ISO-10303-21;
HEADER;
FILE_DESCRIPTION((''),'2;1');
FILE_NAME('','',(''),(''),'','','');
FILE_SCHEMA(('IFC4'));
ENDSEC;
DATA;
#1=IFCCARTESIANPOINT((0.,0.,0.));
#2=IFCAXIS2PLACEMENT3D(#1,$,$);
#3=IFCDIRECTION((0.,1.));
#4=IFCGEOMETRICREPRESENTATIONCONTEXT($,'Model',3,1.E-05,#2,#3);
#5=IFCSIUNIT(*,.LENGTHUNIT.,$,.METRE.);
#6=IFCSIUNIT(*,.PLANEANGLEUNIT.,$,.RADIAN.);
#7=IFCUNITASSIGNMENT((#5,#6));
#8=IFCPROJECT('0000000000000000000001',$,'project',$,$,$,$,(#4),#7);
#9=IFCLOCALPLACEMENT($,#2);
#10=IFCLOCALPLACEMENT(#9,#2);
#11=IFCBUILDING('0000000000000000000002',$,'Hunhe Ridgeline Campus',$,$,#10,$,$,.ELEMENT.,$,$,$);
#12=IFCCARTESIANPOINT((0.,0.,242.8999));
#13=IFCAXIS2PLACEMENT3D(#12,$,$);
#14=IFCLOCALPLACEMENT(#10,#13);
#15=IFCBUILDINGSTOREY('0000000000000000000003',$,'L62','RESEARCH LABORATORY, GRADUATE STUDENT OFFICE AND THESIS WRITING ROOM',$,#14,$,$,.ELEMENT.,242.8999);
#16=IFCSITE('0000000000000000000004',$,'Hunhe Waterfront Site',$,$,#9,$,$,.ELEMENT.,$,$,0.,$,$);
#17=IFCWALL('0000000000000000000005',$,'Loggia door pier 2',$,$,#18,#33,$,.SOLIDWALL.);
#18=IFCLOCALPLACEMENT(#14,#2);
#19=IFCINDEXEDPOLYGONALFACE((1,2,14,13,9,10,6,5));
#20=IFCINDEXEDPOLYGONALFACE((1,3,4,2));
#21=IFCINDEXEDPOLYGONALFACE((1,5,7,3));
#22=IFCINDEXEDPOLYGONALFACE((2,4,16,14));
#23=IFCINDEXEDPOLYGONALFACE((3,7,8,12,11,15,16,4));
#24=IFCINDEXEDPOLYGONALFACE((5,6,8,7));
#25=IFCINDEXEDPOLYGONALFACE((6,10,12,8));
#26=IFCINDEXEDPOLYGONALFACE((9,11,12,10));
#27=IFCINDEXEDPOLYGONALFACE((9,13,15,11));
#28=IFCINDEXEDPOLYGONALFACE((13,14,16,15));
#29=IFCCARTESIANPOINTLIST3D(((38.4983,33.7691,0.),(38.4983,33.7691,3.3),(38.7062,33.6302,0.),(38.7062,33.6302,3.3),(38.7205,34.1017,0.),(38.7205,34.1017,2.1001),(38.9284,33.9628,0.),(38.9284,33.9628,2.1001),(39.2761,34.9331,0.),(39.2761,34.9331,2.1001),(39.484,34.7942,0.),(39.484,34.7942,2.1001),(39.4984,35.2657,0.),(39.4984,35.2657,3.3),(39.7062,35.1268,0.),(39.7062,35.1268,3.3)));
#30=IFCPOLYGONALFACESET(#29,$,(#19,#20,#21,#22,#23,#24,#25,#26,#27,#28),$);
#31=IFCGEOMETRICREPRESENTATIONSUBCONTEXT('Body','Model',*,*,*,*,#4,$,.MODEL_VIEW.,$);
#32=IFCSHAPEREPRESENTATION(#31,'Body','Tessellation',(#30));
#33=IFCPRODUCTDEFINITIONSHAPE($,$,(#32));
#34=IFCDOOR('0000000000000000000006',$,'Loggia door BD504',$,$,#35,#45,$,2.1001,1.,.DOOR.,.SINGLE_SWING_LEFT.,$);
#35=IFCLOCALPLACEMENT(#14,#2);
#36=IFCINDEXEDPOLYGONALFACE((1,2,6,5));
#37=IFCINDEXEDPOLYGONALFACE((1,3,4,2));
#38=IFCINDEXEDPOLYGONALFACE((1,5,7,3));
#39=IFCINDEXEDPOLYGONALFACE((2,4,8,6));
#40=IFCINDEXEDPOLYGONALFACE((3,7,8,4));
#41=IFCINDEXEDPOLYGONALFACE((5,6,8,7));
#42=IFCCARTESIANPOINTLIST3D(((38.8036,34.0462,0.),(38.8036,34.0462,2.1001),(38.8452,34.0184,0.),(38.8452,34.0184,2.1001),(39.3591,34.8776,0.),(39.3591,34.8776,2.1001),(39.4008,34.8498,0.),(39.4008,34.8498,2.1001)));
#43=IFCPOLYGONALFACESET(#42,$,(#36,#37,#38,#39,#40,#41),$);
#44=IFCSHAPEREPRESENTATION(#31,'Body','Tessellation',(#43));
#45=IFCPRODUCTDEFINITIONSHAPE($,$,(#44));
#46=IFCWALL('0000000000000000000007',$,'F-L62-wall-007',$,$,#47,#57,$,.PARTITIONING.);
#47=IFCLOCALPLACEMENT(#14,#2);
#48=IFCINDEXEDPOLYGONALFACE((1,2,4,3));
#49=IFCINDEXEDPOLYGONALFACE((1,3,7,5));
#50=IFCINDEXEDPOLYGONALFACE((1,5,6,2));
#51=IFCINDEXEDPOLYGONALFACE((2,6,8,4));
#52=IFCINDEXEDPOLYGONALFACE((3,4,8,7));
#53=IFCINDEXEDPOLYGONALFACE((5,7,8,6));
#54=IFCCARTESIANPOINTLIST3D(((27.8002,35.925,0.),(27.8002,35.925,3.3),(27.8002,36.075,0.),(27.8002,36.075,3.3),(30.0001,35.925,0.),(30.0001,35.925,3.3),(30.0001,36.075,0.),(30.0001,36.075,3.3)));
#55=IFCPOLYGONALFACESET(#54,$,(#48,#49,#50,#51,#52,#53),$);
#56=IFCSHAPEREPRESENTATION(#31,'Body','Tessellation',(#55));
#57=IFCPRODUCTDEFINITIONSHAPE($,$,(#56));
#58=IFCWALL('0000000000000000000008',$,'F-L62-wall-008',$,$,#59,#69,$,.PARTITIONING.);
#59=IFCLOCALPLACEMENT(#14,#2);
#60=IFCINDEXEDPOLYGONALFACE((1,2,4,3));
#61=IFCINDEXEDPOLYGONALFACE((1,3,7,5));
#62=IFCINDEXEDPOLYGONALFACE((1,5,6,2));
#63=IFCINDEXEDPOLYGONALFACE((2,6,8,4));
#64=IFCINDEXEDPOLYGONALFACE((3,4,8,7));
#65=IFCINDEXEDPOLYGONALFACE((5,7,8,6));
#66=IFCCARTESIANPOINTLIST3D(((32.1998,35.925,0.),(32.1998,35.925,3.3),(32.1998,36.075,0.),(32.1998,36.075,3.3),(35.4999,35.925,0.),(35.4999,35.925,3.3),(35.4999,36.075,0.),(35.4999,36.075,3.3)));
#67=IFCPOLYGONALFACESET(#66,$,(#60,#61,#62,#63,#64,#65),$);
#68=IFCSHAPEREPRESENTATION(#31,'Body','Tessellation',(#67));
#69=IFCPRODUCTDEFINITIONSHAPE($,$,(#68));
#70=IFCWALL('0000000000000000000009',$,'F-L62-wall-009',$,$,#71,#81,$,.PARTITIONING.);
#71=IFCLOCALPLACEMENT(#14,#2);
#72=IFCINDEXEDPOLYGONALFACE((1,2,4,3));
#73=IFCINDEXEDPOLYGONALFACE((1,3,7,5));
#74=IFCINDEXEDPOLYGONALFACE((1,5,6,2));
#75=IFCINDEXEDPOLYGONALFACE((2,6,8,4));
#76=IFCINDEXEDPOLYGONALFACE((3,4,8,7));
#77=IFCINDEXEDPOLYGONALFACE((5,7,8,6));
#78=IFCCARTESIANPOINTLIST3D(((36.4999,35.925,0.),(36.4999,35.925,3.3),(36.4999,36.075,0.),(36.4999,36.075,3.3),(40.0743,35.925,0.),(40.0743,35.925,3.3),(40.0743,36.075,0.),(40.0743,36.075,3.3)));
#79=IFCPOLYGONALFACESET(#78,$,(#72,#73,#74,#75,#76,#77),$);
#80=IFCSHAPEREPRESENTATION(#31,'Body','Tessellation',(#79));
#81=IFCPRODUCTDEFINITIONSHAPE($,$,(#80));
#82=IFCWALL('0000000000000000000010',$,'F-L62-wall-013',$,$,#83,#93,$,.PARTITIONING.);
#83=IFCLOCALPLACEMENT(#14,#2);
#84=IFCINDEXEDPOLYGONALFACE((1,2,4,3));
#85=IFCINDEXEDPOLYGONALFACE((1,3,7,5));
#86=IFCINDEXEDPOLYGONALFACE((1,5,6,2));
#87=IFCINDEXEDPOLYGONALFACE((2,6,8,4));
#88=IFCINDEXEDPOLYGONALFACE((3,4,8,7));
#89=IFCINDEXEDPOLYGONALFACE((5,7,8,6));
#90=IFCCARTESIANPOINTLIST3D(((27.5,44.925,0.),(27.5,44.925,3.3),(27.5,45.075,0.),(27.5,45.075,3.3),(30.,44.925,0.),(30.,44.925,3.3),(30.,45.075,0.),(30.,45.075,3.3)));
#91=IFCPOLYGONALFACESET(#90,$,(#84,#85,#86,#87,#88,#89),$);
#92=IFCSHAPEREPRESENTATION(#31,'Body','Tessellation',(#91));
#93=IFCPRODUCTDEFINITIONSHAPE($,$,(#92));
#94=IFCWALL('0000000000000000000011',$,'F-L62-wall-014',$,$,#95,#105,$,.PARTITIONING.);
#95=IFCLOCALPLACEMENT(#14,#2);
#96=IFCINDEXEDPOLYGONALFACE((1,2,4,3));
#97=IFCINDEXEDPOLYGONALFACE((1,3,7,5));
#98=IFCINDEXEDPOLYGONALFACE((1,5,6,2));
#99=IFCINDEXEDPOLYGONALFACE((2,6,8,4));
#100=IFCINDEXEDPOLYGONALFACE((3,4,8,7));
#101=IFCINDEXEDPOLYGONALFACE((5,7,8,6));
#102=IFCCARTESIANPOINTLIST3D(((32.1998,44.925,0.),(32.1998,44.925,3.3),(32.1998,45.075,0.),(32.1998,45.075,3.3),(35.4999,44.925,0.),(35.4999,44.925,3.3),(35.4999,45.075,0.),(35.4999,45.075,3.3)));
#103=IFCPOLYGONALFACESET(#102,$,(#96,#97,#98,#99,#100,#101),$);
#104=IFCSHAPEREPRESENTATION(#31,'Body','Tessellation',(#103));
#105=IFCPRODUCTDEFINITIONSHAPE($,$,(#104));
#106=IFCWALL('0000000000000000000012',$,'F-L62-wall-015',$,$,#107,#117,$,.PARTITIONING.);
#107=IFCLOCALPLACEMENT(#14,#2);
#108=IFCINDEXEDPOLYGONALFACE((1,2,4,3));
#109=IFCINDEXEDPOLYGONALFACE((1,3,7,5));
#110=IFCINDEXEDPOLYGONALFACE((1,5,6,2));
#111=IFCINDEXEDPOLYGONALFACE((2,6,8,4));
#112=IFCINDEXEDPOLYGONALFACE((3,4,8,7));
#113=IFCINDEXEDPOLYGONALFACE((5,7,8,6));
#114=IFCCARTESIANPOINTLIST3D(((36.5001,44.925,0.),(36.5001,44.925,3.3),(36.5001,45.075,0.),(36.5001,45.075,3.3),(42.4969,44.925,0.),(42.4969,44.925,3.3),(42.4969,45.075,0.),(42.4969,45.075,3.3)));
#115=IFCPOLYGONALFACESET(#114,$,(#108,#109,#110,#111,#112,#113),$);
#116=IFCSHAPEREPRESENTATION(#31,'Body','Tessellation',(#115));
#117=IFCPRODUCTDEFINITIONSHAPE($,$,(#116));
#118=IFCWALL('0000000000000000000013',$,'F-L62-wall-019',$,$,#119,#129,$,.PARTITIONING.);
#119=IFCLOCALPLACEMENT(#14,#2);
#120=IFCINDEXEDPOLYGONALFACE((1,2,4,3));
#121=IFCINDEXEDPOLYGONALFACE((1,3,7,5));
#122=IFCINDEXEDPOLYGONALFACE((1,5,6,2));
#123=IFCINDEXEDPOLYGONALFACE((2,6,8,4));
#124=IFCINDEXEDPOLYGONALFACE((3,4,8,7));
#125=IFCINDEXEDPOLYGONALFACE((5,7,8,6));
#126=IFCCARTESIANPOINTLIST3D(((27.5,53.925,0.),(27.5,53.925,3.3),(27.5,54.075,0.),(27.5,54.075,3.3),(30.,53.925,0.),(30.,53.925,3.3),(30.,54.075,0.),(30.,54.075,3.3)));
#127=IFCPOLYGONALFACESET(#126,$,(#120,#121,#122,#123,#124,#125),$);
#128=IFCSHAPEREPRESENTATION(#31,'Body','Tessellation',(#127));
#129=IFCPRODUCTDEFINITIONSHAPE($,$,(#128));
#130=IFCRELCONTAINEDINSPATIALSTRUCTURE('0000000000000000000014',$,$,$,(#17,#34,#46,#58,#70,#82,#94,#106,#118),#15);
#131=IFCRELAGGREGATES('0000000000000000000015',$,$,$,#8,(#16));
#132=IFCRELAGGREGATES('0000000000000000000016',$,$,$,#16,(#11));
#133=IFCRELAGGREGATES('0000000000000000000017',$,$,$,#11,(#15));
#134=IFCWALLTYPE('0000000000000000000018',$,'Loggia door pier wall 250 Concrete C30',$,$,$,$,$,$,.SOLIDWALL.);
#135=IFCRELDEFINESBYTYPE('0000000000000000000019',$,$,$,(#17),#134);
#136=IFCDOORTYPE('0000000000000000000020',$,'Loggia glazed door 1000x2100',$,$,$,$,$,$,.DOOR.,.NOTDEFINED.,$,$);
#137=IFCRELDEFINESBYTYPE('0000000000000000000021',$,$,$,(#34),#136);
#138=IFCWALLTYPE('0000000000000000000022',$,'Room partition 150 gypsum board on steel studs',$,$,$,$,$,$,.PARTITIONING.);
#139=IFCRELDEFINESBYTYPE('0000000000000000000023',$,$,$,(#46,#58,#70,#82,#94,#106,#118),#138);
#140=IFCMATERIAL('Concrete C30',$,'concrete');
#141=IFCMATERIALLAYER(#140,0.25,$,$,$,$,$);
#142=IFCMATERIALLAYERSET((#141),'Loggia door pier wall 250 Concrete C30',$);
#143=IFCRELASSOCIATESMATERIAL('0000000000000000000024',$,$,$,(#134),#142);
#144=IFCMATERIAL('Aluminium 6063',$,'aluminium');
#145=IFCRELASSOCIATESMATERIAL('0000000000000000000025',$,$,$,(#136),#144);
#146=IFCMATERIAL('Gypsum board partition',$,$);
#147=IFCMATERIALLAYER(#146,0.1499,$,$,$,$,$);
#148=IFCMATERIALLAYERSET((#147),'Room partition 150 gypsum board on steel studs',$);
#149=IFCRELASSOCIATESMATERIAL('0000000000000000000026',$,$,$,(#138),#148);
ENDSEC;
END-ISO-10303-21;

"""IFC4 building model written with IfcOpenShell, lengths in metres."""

from ifc_helpers import new_model, si_unit, direction, frame, frame_2d, origin, place, context, subcontext, project, spatial, rectangle, extrude, material, layer, layer_set, type_object, element, fill, save


model = new_model("IFC4")

# Units and contexts
model_context = context("Model", 3, precision=1e-05, world=origin(), true_north=direction((0.0, 1.0)))
body_context = subcontext(model_context, "Body", "Model", "MODEL_VIEW")
ifc_project = project(units=[si_unit("LENGTHUNIT", "METRE"), si_unit("PLANEANGLEUNIT", "RADIAN")], contexts=[model_context])

# Site, building, storey
site_placement = place(None, origin())
site = spatial("IfcSite", under=ifc_project, at=site_placement, Name="Hunhe Waterfront Site", CompositionType="ELEMENT", RefElevation=0.0)
building_placement = place(site_placement, origin())
building = spatial("IfcBuilding", under=site, at=building_placement, Name="Hunhe Ridgeline Campus", CompositionType="ELEMENT")
storey_placement = place(building_placement, frame((0.0, 0.0, 242.8999)))
storey = spatial("IfcBuildingStorey", under=building, at=storey_placement, Name="L62", Description="RESEARCH LABORATORY, GRADUATE STUDENT OFFICE AND THESIS WRITING ROOM", CompositionType="ELEMENT", Elevation=242.8999)

# Shared definitions
ifc_material_1 = material(Name="Aluminium 6063", Category="aluminium")

# Wall, opening, door
ifc_material_2 = material(Name="Concrete C30", Category="concrete")
ifc_layer_1 = layer(ifc_material_2, 0.25)
ifc_layer_set_1 = layer_set([ifc_layer_1], Name="Loggia door pier wall 250 Concrete C30")
wall_type_1 = type_object("IfcWallType", Name="Loggia door pier wall 250 Concrete C30", PredefinedType="SOLIDWALL", material=ifc_layer_set_1)
wall_1_placement = place(storey_placement, frame((38.6023, 33.6997, 0.0), z_axis=(0.0, 0.0, 1.0), x_axis=(0.555576, 0.831466, 0.0)))
wall_1 = element("IfcWall", 1, at=wall_1_placement, inside=storey, type_object=wall_type_1, Name="Loggia door pier 2", PredefinedType="SOLIDWALL", context=body_context, shape_type="SweptSolid", body=[
    extrude(rectangle(XDim=1.8, YDim=0.25, at=frame_2d((0.8999, 0.0))), origin(), (0.0, 0.0, 1.0), 3.3),
])
opening_placement = place(wall_1_placement, frame((0.3999, 0.0, 0.0)))
opening = element("IfcOpeningElement", 2, at=opening_placement, cuts=wall_1, PredefinedType="OPENING", context=body_context, shape_type="SweptSolid", body=[
    extrude(rectangle(XDim=1.0, YDim=2.1001, at=frame_2d((0.5, 1.05))), frame((0.0, 0.125, 0.0), z_axis=(0.0, -1.0, 0.0), x_axis=(1.0, 0.0, 0.0)), (0.0, 0.0, 1.0), 0.25),
])
door_type = type_object("IfcDoorType", Name="Loggia glazed door 1000x2100", OperationType="NOTDEFINED", PredefinedType="DOOR", material=ifc_material_1)
door_placement = place(opening_placement, frame((1.0, 0.0, 0.0), z_axis=(0.0, 0.0, 1.0), x_axis=(-1.0, 0.0, 0.0)))
door = element("IfcDoor", 3, at=door_placement, inside=storey, type_object=door_type, Name="Loggia door BD504", OperationType="SINGLE_SWING_LEFT", OverallHeight=2.1001, OverallWidth=1.0, PredefinedType="DOOR", context=body_context, shape_type="SweptSolid", body=[
    extrude(rectangle(XDim=1.0, YDim=2.1001, at=frame_2d((0.5, 1.05))), frame((0.0, 0.0249, 0.0), z_axis=(0.0, -1.0, 0.0), x_axis=(1.0, 0.0, 0.0)), (0.0, 0.0, 1.0), 0.05),
])
fill(opening, door)

# Walls
ifc_material_3 = material(Name="Gypsum board partition")
ifc_layer_2 = layer(ifc_material_3, 0.1499)
ifc_layer_set_2 = layer_set([ifc_layer_2], Name="Room partition 150 gypsum board on steel studs")
wall_type_2 = type_object("IfcWallType", Name="Room partition 150 gypsum board on steel studs", PredefinedType="PARTITIONING", material=ifc_layer_set_2)
wall_2_placement = place(storey_placement, frame((27.8, 36.0, 0.0), z_axis=(0.0, 0.0, 1.0), x_axis=(1.0, 0.0, 0.0)))
element("IfcWall", 4, at=wall_2_placement, inside=storey, type_object=wall_type_2, Name="F-L62-wall-007", PredefinedType="PARTITIONING", context=body_context, shape_type="SweptSolid", body=[
    extrude(rectangle(XDim=2.2, YDim=0.1499, at=frame_2d((1.1001, 0.0))), origin(), (0.0, 0.0, 1.0), 3.3),
])
wall_3_placement = place(storey_placement, frame((32.2, 36.0, 0.0), z_axis=(0.0, 0.0, 1.0), x_axis=(1.0, 0.0, 0.0)))
element("IfcWall", 5, at=wall_3_placement, inside=storey, type_object=wall_type_2, Name="F-L62-wall-008", PredefinedType="PARTITIONING", context=body_context, shape_type="SweptSolid", body=[
    extrude(rectangle(XDim=3.3, YDim=0.1499, at=frame_2d((1.6499, 0.0))), origin(), (0.0, 0.0, 1.0), 3.3),
])
wall_4_placement = place(storey_placement, frame((36.5, 36.0, 0.0), z_axis=(0.0, 0.0, 1.0), x_axis=(1.0, 0.0, 0.0)))
element("IfcWall", 6, at=wall_4_placement, inside=storey, type_object=wall_type_2, Name="F-L62-wall-009", PredefinedType="PARTITIONING", context=body_context, shape_type="SweptSolid", body=[
    extrude(rectangle(XDim=3.5745, YDim=0.1499, at=frame_2d((1.7871, 0.0))), origin(), (0.0, 0.0, 1.0), 3.3),
])
wall_5_placement = place(storey_placement, frame((27.5, 45.0, 0.0), z_axis=(0.0, 0.0, 1.0), x_axis=(1.0, 0.0, 0.0)))
element("IfcWall", 7, at=wall_5_placement, inside=storey, type_object=wall_type_2, Name="F-L62-wall-013", PredefinedType="PARTITIONING", context=body_context, shape_type="SweptSolid", body=[
    extrude(rectangle(XDim=2.5, YDim=0.1499, at=frame_2d((1.25, 0.0))), origin(), (0.0, 0.0, 1.0), 3.3),
])
wall_6_placement = place(storey_placement, frame((32.2, 45.0, 0.0), z_axis=(0.0, 0.0, 1.0), x_axis=(1.0, 0.0, 0.0)))
element("IfcWall", 8, at=wall_6_placement, inside=storey, type_object=wall_type_2, Name="F-L62-wall-014", PredefinedType="PARTITIONING", context=body_context, shape_type="SweptSolid", body=[
    extrude(rectangle(XDim=3.3, YDim=0.1499, at=frame_2d((1.6499, 0.0))), origin(), (0.0, 0.0, 1.0), 3.3),
])
wall_7_placement = place(storey_placement, frame((36.5, 45.0, 0.0), z_axis=(0.0, 0.0, 1.0), x_axis=(1.0, 0.0, 0.0)))
element("IfcWall", 9, at=wall_7_placement, inside=storey, type_object=wall_type_2, Name="F-L62-wall-015", PredefinedType="PARTITIONING", context=body_context, shape_type="SweptSolid", body=[
    extrude(rectangle(XDim=5.9968, YDim=0.1499, at=frame_2d((2.9985, 0.0))), origin(), (0.0, 0.0, 1.0), 3.3),
])
wall_8_placement = place(storey_placement, frame((27.5, 54.0, 0.0), z_axis=(0.0, 0.0, 1.0), x_axis=(1.0, 0.0, 0.0)))
element("IfcWall", 10, at=wall_8_placement, inside=storey, type_object=wall_type_2, Name="F-L62-wall-019", PredefinedType="PARTITIONING", context=body_context, shape_type="SweptSolid", body=[
    extrude(rectangle(XDim=2.5, YDim=0.1499, at=frame_2d((1.25, 0.0))), origin(), (0.0, 0.0, 1.0), 3.3),
])

save(model, "model.ifc")
